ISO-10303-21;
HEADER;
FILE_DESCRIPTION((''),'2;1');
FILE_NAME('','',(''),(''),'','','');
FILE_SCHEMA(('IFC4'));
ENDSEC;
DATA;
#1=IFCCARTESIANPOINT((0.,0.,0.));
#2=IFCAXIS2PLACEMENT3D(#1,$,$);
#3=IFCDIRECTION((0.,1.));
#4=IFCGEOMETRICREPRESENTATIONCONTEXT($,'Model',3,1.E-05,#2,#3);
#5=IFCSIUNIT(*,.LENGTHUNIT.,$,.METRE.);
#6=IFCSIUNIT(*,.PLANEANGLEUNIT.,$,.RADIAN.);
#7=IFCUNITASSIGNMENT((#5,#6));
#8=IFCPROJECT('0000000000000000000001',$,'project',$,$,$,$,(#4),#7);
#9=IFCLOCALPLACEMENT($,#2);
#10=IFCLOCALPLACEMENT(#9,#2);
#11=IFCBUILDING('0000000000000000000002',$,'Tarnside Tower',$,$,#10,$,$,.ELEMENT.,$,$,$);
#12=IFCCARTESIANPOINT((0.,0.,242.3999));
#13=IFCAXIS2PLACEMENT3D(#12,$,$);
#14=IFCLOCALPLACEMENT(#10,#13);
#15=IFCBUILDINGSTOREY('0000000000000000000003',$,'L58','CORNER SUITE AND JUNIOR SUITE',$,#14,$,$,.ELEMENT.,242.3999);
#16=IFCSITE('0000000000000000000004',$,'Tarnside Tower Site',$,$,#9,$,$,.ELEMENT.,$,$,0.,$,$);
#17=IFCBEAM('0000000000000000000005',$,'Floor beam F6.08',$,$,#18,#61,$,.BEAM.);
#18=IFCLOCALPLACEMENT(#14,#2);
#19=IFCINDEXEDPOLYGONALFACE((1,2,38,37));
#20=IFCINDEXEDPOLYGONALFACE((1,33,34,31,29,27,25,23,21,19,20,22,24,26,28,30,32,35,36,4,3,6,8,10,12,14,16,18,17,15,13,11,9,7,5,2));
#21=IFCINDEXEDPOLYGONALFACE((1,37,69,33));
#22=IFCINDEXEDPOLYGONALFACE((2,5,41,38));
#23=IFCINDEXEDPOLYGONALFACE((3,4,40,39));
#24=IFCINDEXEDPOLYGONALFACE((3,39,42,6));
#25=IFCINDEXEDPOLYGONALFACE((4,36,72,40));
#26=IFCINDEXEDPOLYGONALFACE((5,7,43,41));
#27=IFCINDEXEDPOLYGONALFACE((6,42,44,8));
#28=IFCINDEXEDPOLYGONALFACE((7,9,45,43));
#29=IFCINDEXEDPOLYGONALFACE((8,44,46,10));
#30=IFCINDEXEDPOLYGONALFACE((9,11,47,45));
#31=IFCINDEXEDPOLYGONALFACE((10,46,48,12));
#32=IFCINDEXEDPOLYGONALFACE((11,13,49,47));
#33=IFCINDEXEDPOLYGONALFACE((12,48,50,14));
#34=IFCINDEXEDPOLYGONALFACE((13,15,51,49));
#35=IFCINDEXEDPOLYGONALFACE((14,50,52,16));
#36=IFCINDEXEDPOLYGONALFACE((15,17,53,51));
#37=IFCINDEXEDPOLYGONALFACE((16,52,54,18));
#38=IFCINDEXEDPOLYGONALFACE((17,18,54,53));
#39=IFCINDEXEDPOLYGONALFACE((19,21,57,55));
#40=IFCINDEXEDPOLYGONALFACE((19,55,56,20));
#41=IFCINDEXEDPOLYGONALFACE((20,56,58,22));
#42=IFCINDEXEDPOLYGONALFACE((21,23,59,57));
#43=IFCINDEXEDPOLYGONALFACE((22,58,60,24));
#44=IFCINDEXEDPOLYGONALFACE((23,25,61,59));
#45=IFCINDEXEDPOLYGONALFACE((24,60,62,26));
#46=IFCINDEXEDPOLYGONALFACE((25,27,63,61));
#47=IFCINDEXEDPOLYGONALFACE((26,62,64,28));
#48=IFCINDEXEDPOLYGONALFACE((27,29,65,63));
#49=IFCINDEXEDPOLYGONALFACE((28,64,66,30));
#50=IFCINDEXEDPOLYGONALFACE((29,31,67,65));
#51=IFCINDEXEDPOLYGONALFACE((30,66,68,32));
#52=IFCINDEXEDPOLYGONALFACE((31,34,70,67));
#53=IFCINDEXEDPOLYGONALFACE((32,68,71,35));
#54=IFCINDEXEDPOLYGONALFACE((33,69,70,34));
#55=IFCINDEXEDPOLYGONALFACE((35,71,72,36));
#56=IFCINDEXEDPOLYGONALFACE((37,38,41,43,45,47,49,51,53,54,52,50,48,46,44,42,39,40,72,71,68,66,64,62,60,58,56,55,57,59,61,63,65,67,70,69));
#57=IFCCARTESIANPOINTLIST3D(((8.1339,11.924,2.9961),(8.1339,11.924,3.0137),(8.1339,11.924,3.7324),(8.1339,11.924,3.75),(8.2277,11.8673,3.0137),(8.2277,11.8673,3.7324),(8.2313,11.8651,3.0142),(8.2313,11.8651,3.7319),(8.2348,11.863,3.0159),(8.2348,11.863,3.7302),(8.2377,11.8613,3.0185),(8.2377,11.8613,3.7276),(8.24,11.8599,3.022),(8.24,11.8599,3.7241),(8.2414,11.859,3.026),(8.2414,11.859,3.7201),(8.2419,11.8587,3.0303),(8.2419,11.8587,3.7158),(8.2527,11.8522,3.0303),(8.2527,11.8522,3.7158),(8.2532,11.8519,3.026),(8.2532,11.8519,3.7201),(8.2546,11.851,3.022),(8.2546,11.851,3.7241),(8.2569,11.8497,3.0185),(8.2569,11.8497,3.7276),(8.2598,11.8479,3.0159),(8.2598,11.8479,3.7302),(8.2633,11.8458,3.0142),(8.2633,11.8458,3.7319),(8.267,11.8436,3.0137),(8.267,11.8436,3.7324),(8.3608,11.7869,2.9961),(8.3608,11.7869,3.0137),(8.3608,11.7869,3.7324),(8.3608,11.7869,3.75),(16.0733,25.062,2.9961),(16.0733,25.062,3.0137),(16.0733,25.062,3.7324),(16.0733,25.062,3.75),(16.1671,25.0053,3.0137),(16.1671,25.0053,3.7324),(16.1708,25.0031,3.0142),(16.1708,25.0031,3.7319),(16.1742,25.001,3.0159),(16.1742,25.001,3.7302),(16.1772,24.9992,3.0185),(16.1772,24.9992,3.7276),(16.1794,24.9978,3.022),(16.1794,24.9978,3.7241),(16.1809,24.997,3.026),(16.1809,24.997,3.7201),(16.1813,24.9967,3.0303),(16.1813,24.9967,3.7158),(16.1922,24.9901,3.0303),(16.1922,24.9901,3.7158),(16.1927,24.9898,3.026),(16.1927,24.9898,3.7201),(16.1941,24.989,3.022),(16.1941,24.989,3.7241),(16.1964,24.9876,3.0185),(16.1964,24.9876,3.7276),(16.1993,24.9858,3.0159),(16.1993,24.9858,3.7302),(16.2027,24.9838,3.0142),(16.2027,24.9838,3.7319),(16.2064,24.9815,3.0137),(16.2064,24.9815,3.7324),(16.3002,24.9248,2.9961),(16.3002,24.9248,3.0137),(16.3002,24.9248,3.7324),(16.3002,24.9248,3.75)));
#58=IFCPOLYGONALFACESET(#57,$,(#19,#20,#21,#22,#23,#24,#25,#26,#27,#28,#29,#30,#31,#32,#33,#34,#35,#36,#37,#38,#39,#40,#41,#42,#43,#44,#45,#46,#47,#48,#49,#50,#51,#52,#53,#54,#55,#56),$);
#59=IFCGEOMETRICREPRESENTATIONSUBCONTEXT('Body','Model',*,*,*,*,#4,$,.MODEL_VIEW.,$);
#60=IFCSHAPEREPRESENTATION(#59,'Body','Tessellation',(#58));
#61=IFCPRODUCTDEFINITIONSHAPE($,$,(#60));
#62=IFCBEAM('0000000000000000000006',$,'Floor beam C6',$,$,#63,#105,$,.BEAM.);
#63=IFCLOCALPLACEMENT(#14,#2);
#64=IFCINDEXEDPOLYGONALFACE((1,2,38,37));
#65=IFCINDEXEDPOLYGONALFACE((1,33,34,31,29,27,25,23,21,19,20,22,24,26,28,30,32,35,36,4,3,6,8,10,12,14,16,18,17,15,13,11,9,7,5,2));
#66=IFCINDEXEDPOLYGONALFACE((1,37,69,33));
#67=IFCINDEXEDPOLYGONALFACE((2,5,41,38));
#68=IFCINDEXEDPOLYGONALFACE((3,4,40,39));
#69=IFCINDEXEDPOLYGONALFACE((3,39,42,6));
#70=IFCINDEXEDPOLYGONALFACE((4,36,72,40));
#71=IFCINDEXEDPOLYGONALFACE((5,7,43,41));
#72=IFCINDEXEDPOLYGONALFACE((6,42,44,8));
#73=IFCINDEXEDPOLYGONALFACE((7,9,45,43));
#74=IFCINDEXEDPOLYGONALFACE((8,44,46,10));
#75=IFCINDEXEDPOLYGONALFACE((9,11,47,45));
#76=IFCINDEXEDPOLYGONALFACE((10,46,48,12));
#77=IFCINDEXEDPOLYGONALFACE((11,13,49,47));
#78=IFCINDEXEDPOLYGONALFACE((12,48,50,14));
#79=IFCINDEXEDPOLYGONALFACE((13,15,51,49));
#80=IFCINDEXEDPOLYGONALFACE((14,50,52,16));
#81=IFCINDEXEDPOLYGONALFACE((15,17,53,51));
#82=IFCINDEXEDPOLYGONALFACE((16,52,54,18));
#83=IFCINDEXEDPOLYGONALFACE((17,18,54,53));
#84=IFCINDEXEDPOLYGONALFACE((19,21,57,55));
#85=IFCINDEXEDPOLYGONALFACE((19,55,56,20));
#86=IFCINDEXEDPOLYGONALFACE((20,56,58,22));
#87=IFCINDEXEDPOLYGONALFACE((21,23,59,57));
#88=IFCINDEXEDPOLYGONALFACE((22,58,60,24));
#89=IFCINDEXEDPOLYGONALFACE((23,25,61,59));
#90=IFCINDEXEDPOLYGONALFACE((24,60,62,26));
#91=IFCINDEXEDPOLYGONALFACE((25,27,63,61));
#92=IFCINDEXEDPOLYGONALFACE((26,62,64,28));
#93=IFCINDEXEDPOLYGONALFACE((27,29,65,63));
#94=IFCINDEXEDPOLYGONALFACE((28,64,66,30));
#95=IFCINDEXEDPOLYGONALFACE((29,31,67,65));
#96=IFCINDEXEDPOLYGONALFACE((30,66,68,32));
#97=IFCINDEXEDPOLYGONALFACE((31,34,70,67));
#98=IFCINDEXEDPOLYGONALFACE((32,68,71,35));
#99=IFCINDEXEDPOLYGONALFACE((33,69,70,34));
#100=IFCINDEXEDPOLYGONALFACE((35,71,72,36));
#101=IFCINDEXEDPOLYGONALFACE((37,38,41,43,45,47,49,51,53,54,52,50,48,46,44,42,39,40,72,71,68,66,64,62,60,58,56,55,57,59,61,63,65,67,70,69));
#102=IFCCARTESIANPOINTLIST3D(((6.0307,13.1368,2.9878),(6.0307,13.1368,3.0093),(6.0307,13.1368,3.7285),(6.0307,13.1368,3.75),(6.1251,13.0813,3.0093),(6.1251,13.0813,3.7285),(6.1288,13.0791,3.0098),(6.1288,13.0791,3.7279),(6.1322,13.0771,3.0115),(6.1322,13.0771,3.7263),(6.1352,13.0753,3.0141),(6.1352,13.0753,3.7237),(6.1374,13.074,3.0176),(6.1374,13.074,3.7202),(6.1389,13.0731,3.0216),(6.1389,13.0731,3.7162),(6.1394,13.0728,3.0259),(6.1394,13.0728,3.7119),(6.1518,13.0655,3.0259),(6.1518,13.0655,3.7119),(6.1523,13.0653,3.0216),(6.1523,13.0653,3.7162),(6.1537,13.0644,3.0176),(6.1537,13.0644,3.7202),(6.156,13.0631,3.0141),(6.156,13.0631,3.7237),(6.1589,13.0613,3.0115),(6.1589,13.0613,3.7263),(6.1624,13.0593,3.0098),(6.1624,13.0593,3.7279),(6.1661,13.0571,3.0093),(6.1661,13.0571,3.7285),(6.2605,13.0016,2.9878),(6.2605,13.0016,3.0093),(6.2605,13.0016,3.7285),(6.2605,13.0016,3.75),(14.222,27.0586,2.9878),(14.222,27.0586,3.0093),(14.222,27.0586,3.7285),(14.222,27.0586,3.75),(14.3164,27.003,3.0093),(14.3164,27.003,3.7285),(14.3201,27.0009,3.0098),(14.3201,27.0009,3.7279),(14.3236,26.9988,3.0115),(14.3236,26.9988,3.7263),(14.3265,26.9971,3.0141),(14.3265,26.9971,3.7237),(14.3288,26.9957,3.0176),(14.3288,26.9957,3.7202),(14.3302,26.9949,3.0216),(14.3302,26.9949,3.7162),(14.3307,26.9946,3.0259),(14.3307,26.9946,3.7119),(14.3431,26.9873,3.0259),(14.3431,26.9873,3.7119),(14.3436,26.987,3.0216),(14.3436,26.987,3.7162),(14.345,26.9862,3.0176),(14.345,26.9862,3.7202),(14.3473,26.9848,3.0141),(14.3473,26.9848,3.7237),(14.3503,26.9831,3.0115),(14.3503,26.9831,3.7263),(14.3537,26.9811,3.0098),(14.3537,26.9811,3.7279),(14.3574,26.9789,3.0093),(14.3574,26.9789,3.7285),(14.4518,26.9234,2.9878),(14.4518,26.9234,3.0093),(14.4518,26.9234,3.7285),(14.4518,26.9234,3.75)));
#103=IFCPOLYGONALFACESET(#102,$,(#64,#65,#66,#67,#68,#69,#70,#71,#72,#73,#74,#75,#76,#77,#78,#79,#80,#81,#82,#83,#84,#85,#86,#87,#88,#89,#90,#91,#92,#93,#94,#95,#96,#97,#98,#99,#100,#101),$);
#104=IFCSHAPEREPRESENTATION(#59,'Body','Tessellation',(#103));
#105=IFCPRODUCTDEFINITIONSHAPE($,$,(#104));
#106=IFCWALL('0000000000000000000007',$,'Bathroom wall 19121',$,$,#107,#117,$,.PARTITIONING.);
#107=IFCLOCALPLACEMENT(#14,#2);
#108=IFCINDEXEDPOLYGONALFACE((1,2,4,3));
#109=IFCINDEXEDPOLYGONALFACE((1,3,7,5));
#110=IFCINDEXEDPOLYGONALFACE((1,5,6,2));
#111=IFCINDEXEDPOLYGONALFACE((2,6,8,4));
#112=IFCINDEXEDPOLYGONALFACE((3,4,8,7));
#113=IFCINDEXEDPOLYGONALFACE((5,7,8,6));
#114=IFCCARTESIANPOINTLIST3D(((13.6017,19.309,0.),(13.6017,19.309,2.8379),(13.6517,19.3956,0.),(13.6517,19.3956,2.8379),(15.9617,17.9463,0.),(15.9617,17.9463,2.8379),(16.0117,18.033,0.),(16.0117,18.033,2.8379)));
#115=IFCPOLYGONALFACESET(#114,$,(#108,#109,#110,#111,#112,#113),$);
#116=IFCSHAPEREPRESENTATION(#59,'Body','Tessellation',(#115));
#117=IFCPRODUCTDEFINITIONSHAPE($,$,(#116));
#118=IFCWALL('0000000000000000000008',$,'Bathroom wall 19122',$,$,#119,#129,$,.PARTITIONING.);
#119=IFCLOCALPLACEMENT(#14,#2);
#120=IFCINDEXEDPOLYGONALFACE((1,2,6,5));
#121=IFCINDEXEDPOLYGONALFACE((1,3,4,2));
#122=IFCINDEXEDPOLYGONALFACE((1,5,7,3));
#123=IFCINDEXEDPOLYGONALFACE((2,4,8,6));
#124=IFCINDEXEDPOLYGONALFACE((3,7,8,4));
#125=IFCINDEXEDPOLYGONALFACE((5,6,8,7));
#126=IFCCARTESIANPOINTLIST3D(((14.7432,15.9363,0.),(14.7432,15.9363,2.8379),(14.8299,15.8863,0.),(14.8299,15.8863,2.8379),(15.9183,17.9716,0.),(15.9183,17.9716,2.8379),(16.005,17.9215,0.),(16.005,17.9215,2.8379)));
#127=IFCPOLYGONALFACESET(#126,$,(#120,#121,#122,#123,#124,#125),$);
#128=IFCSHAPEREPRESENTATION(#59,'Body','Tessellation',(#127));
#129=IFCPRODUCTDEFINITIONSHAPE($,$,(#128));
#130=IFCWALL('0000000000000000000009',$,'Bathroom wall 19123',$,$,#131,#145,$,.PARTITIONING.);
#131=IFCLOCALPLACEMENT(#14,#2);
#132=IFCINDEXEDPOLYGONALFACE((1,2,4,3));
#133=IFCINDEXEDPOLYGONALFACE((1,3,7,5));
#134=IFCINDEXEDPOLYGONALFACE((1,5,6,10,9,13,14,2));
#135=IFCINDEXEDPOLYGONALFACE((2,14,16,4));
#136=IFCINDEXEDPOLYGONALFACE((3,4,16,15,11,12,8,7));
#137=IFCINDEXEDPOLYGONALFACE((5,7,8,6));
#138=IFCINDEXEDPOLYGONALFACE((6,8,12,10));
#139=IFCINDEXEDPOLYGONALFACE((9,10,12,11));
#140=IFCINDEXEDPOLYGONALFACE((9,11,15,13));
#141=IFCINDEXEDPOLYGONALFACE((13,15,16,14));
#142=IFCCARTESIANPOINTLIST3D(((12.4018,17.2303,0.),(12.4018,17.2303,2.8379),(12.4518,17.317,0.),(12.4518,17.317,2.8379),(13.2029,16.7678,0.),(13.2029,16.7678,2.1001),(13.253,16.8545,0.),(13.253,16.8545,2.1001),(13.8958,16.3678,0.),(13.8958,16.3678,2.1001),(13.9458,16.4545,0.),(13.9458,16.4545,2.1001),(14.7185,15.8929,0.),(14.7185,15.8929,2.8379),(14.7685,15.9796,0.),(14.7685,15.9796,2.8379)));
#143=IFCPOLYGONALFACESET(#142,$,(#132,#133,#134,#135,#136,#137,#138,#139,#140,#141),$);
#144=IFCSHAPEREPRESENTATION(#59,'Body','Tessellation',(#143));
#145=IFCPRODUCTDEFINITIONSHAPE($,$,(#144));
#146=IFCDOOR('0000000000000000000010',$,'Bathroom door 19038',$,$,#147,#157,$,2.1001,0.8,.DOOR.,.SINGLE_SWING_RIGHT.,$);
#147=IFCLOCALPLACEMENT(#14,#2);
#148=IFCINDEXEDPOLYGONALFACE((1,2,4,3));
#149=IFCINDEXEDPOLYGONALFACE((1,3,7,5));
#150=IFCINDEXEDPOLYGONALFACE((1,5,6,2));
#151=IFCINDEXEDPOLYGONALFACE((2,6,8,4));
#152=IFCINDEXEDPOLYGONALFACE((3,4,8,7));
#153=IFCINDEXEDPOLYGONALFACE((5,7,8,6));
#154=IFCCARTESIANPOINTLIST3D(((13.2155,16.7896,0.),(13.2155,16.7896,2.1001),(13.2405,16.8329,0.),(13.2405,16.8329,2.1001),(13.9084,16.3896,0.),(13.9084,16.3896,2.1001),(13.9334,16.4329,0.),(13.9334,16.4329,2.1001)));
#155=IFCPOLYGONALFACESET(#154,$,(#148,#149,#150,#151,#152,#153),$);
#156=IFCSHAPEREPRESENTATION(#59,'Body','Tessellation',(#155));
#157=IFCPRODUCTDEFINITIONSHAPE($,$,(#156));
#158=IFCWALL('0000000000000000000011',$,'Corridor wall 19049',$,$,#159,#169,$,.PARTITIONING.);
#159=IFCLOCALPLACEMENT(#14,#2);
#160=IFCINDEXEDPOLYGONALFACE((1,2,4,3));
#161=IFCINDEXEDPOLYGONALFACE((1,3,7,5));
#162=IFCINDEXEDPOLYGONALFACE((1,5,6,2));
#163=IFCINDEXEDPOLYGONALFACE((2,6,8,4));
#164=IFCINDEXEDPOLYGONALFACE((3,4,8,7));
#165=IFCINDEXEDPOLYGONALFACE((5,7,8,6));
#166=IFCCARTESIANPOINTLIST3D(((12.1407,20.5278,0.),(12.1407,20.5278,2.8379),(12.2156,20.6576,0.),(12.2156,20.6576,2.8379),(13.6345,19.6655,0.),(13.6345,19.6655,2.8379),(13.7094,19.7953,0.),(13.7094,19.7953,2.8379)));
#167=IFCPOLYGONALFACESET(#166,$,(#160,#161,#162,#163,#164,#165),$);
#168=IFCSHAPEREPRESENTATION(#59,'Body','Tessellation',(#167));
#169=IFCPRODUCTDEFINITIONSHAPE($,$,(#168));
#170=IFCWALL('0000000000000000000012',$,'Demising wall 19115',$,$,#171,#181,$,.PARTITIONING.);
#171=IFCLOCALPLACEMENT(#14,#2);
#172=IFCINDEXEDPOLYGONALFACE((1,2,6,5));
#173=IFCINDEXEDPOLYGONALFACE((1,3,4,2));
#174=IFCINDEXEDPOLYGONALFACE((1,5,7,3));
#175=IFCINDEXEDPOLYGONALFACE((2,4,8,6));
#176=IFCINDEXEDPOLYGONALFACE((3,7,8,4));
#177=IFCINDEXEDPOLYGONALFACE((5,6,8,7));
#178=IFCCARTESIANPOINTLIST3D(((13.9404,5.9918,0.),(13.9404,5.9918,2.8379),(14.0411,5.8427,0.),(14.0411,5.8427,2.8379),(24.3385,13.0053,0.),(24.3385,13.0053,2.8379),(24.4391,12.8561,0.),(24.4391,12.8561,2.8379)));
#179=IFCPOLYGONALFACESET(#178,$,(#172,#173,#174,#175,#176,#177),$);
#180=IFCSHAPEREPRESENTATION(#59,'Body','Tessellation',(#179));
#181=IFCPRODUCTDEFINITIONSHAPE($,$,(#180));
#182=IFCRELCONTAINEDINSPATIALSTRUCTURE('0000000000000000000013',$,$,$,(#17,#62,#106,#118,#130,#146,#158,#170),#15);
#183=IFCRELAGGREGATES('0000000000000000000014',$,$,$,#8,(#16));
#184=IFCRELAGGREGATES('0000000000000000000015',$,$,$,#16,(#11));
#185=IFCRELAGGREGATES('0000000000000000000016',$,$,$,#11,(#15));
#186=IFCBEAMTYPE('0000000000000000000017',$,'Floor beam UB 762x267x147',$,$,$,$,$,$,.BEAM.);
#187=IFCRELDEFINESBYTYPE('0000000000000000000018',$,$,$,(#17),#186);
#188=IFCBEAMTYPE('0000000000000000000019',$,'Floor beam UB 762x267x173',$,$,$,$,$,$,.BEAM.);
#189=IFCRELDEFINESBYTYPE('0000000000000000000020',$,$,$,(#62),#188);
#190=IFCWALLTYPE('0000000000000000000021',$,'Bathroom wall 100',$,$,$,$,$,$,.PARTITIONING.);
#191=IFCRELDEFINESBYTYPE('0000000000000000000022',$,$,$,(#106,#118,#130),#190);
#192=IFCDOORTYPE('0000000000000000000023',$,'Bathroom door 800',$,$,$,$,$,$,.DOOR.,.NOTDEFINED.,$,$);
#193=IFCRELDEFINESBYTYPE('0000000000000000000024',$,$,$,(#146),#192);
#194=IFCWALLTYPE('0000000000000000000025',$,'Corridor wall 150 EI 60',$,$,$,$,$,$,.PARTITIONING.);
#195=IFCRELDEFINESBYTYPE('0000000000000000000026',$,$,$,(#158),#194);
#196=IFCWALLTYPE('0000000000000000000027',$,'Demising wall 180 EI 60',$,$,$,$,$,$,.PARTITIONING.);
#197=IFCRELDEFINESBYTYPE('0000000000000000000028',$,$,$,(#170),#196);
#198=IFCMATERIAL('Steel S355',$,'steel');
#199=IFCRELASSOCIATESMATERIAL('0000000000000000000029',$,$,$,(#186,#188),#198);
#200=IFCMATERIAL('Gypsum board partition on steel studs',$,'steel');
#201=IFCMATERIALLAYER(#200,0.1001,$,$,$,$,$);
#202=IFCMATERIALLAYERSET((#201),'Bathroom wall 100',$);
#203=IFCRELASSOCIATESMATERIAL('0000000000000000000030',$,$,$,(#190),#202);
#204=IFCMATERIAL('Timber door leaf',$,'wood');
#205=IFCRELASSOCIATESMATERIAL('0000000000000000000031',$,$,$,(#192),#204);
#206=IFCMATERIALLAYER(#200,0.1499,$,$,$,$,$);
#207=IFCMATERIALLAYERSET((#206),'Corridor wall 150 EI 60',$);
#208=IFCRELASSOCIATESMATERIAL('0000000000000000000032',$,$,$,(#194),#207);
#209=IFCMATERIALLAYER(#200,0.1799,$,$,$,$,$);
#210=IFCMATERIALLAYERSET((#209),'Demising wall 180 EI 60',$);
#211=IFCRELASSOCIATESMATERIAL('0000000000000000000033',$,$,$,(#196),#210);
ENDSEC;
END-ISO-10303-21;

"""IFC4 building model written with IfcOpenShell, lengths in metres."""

from ifc_helpers import new_model, si_unit, direction, frame, frame_2d, origin, origin_2d, place, context, subcontext, project, spatial, rectangle, i_section, extrude, material, layer, layer_set, material_profile, profile_set, type_object, element, fill, save


model = new_model("IFC4")

# Units and contexts
model_context = context("Model", 3, precision=1e-05, world=origin(), true_north=direction((0.0, 1.0)))
body_context = subcontext(model_context, "Body", "Model", "MODEL_VIEW")
ifc_project = project(units=[si_unit("LENGTHUNIT", "METRE"), si_unit("PLANEANGLEUNIT", "RADIAN")], contexts=[model_context])

# Site, building, storey
site_placement = place(None, origin())
site = spatial("IfcSite", under=ifc_project, at=site_placement, Name="Tarnside Tower Site", CompositionType="ELEMENT", RefElevation=0.0)
building_placement = place(site_placement, origin())
building = spatial("IfcBuilding", under=site, at=building_placement, Name="Tarnside Tower", CompositionType="ELEMENT")
storey_placement = place(building_placement, frame((0.0, 0.0, 242.3999)))
storey = spatial("IfcBuildingStorey", under=building, at=storey_placement, Name="L58", Description="CORNER SUITE AND JUNIOR SUITE", CompositionType="ELEMENT", Elevation=242.3999)

# Beams
ifc_material_1 = material(Name="Steel S355", Category="steel")
ifc_material_profile_1 = material_profile(ifc_material_1, i_section(OverallWidth=0.2651, OverallDepth=0.7539, WebThickness=0.0127, FlangeThickness=0.0176, FilletRadius=0.0166, at=origin_2d()), Name="UB 762x267x147")
ifc_profile_set_1 = profile_set([ifc_material_profile_1], Name="Steel S355")
beam_type_1 = type_object("IfcBeamType", Name="Floor beam UB 762x267x147", PredefinedType="BEAM", material=ifc_profile_set_1)
beam_1_placement = place(storey_placement, frame((16.1868, 24.9934, 3.373), z_axis=(-0.517209, -0.855859, 0.0), x_axis=(0.855859, -0.517209, 0.0)))
element("IfcBeam", 1, at=beam_1_placement, inside=storey, type_object=beam_type_1, Name="Floor beam F6.08", PredefinedType="BEAM", context=body_context, shape_type="SweptSolid", body=[
    extrude(i_section(OverallWidth=0.2651, OverallDepth=0.7539, WebThickness=0.0127, FlangeThickness=0.0176, FilletRadius=0.0166, at=origin_2d()), origin(), (0.0, 0.0, 1.0), 15.3506),
])
ifc_material_profile_2 = material_profile(ifc_material_1, i_section(OverallWidth=0.2666, OverallDepth=0.7622, WebThickness=0.0144, FlangeThickness=0.0215, FilletRadius=0.0166, at=origin_2d()), Name="UB 762x267x173")
ifc_profile_set_2 = profile_set([ifc_material_profile_2], Name="Steel S355")
beam_type_2 = type_object("IfcBeamType", Name="Floor beam UB 762x267x173", PredefinedType="BEAM", material=ifc_profile_set_2)
beam_2_placement = place(storey_placement, frame((14.3369, 26.991, 3.3689), z_axis=(-0.507115, -0.861878, 0.0), x_axis=(0.861878, -0.507115, 0.0)))
element("IfcBeam", 2, at=beam_2_placement, inside=storey, type_object=beam_type_2, Name="Floor beam C6", PredefinedType="BEAM", context=body_context, shape_type="SweptSolid", body=[
    extrude(i_section(OverallWidth=0.2666, OverallDepth=0.7622, WebThickness=0.0144, FlangeThickness=0.0215, FilletRadius=0.0166, at=origin_2d()), origin(), (0.0, 0.0, 1.0), 16.1528),
])

# Walls
ifc_material_2 = material(Name="Gypsum board partition on steel studs", Category="steel")
ifc_layer_1 = layer(ifc_material_2, 0.1001)
ifc_layer_set_1 = layer_set([ifc_layer_1], Name="Bathroom wall 100")
wall_type_1 = type_object("IfcWallType", Name="Bathroom wall 100", PredefinedType="PARTITIONING", material=ifc_layer_set_1)
wall_1_placement = place(storey_placement, frame((13.6267, 19.3523, 0.0), z_axis=(0.0, 0.0, 1.0), x_axis=(0.866013, -0.500022, 0.0)))
element("IfcWall", 3, at=wall_1_placement, inside=storey, type_object=wall_type_1, Name="Bathroom wall 19121", PredefinedType="PARTITIONING", context=body_context, shape_type="SweptSolid", body=[
    extrude(rectangle(XDim=2.7251, YDim=0.1001, at=frame_2d((1.3625, 0.0))), origin(), (0.0, 0.0, 1.0), 2.8379),
])
wall_2_placement = place(storey_placement, frame((15.9617, 17.9465, 0.0), z_axis=(0.0, 0.0, 1.0), x_axis=(-0.500016, -0.866016, 0.0)))
element("IfcWall", 4, at=wall_2_placement, inside=storey, type_object=wall_type_1, Name="Bathroom wall 19122", PredefinedType="PARTITIONING", context=body_context, shape_type="SweptSolid", body=[
    extrude(rectangle(XDim=2.3501, YDim=0.1001, at=frame_2d((1.175, 0.0))), origin(), (0.0, 0.0, 1.0), 2.8379),
])

# Wall, opening, door
wall_3_placement = place(storey_placement, frame((14.7434, 15.9363, 0.0), z_axis=(0.0, 0.0, 1.0), x_axis=(-0.866044, 0.499967, 0.0)))
wall_3 = element("IfcWall", 5, at=wall_3_placement, inside=storey, type_object=wall_type_1, Name="Bathroom wall 19123", PredefinedType="PARTITIONING", context=body_context, shape_type="SweptSolid", body=[
    extrude(rectangle(XDim=2.675, YDim=0.1001, at=frame_2d((1.3374, 0.0))), origin(), (0.0, 0.0, 1.0), 2.8379),
])
opening_placement = place(wall_3_placement, frame((0.95, 0.0, 0.0)))
opening = element("IfcOpeningElement", 6, at=opening_placement, cuts=wall_3, PredefinedType="OPENING", context=body_context, shape_type="SweptSolid", body=[
    extrude(rectangle(XDim=0.8, YDim=2.1001, at=frame_2d((0.3999, 1.05))), frame((0.0, 0.0601, 0.0), z_axis=(0.0, -1.0, 0.0), x_axis=(1.0, 0.0, 0.0)), (0.0, 0.0, 1.0), 0.1201),
])
ifc_material_3 = material(Name="Timber door leaf", Category="wood")
door_type = type_object("IfcDoorType", Name="Bathroom door 800", OperationType="NOTDEFINED", PredefinedType="DOOR", material=ifc_material_3)
door_placement = place(opening_placement, origin())
door = element("IfcDoor", 7, at=door_placement, inside=storey, type_object=door_type, Name="Bathroom door 19038", OperationType="SINGLE_SWING_RIGHT", OverallHeight=2.1001, OverallWidth=0.8, PredefinedType="DOOR", context=body_context, shape_type="SweptSolid", body=[
    extrude(rectangle(XDim=0.8, YDim=2.1001, at=frame_2d((0.3999, 1.05))), frame((0.0, 0.0249, 0.0), z_axis=(0.0, -1.0, 0.0), x_axis=(1.0, 0.0, 0.0)), (0.0, 0.0, 1.0), 0.05),
])
fill(opening, door)

# Walls
ifc_layer_2 = layer(ifc_material_2, 0.1499)
ifc_layer_set_2 = layer_set([ifc_layer_2], Name="Corridor wall 150 EI 60")
wall_type_2 = type_object("IfcWallType", Name="Corridor wall 150 EI 60", PredefinedType="PARTITIONING", material=ifc_layer_set_2)
wall_4_placement = place(storey_placement, frame((13.6719, 19.7305, 0.0), z_axis=(0.0, 0.0, 1.0), x_axis=(-0.866075, 0.499914, 0.0)))
element("IfcWall", 8, at=wall_4_placement, inside=storey, type_object=wall_type_2, Name="Corridor wall 19049", PredefinedType="PARTITIONING", context=body_context, shape_type="SweptSolid", body=[
    extrude(rectangle(XDim=1.7249, YDim=0.1499, at=frame_2d((0.8623, 0.0))), origin(), (0.0, 0.0, 1.0), 2.8379),
])
ifc_layer_3 = layer(ifc_material_2, 0.1799)
ifc_layer_set_3 = layer_set([ifc_layer_3], Name="Demising wall 180 EI 60")
wall_type_3 = type_object("IfcWallType", Name="Demising wall 180 EI 60", PredefinedType="PARTITIONING", material=ifc_layer_set_3)
wall_5_placement = place(storey_placement, frame((24.3887, 12.9307, 0.0), z_axis=(0.0, 0.0, 1.0), x_axis=(-0.82904, -0.559189, 0.0)))
element("IfcWall", 9, at=wall_5_placement, inside=storey, type_object=wall_type_3, Name="Demising wall 19115", PredefinedType="PARTITIONING", context=body_context, shape_type="SweptSolid", body=[
    extrude(rectangle(XDim=12.5422, YDim=0.1799, at=frame_2d((6.271, 0.0))), origin(), (0.0, 0.0, 1.0), 2.8379),
])

save(model, "model.ifc")
